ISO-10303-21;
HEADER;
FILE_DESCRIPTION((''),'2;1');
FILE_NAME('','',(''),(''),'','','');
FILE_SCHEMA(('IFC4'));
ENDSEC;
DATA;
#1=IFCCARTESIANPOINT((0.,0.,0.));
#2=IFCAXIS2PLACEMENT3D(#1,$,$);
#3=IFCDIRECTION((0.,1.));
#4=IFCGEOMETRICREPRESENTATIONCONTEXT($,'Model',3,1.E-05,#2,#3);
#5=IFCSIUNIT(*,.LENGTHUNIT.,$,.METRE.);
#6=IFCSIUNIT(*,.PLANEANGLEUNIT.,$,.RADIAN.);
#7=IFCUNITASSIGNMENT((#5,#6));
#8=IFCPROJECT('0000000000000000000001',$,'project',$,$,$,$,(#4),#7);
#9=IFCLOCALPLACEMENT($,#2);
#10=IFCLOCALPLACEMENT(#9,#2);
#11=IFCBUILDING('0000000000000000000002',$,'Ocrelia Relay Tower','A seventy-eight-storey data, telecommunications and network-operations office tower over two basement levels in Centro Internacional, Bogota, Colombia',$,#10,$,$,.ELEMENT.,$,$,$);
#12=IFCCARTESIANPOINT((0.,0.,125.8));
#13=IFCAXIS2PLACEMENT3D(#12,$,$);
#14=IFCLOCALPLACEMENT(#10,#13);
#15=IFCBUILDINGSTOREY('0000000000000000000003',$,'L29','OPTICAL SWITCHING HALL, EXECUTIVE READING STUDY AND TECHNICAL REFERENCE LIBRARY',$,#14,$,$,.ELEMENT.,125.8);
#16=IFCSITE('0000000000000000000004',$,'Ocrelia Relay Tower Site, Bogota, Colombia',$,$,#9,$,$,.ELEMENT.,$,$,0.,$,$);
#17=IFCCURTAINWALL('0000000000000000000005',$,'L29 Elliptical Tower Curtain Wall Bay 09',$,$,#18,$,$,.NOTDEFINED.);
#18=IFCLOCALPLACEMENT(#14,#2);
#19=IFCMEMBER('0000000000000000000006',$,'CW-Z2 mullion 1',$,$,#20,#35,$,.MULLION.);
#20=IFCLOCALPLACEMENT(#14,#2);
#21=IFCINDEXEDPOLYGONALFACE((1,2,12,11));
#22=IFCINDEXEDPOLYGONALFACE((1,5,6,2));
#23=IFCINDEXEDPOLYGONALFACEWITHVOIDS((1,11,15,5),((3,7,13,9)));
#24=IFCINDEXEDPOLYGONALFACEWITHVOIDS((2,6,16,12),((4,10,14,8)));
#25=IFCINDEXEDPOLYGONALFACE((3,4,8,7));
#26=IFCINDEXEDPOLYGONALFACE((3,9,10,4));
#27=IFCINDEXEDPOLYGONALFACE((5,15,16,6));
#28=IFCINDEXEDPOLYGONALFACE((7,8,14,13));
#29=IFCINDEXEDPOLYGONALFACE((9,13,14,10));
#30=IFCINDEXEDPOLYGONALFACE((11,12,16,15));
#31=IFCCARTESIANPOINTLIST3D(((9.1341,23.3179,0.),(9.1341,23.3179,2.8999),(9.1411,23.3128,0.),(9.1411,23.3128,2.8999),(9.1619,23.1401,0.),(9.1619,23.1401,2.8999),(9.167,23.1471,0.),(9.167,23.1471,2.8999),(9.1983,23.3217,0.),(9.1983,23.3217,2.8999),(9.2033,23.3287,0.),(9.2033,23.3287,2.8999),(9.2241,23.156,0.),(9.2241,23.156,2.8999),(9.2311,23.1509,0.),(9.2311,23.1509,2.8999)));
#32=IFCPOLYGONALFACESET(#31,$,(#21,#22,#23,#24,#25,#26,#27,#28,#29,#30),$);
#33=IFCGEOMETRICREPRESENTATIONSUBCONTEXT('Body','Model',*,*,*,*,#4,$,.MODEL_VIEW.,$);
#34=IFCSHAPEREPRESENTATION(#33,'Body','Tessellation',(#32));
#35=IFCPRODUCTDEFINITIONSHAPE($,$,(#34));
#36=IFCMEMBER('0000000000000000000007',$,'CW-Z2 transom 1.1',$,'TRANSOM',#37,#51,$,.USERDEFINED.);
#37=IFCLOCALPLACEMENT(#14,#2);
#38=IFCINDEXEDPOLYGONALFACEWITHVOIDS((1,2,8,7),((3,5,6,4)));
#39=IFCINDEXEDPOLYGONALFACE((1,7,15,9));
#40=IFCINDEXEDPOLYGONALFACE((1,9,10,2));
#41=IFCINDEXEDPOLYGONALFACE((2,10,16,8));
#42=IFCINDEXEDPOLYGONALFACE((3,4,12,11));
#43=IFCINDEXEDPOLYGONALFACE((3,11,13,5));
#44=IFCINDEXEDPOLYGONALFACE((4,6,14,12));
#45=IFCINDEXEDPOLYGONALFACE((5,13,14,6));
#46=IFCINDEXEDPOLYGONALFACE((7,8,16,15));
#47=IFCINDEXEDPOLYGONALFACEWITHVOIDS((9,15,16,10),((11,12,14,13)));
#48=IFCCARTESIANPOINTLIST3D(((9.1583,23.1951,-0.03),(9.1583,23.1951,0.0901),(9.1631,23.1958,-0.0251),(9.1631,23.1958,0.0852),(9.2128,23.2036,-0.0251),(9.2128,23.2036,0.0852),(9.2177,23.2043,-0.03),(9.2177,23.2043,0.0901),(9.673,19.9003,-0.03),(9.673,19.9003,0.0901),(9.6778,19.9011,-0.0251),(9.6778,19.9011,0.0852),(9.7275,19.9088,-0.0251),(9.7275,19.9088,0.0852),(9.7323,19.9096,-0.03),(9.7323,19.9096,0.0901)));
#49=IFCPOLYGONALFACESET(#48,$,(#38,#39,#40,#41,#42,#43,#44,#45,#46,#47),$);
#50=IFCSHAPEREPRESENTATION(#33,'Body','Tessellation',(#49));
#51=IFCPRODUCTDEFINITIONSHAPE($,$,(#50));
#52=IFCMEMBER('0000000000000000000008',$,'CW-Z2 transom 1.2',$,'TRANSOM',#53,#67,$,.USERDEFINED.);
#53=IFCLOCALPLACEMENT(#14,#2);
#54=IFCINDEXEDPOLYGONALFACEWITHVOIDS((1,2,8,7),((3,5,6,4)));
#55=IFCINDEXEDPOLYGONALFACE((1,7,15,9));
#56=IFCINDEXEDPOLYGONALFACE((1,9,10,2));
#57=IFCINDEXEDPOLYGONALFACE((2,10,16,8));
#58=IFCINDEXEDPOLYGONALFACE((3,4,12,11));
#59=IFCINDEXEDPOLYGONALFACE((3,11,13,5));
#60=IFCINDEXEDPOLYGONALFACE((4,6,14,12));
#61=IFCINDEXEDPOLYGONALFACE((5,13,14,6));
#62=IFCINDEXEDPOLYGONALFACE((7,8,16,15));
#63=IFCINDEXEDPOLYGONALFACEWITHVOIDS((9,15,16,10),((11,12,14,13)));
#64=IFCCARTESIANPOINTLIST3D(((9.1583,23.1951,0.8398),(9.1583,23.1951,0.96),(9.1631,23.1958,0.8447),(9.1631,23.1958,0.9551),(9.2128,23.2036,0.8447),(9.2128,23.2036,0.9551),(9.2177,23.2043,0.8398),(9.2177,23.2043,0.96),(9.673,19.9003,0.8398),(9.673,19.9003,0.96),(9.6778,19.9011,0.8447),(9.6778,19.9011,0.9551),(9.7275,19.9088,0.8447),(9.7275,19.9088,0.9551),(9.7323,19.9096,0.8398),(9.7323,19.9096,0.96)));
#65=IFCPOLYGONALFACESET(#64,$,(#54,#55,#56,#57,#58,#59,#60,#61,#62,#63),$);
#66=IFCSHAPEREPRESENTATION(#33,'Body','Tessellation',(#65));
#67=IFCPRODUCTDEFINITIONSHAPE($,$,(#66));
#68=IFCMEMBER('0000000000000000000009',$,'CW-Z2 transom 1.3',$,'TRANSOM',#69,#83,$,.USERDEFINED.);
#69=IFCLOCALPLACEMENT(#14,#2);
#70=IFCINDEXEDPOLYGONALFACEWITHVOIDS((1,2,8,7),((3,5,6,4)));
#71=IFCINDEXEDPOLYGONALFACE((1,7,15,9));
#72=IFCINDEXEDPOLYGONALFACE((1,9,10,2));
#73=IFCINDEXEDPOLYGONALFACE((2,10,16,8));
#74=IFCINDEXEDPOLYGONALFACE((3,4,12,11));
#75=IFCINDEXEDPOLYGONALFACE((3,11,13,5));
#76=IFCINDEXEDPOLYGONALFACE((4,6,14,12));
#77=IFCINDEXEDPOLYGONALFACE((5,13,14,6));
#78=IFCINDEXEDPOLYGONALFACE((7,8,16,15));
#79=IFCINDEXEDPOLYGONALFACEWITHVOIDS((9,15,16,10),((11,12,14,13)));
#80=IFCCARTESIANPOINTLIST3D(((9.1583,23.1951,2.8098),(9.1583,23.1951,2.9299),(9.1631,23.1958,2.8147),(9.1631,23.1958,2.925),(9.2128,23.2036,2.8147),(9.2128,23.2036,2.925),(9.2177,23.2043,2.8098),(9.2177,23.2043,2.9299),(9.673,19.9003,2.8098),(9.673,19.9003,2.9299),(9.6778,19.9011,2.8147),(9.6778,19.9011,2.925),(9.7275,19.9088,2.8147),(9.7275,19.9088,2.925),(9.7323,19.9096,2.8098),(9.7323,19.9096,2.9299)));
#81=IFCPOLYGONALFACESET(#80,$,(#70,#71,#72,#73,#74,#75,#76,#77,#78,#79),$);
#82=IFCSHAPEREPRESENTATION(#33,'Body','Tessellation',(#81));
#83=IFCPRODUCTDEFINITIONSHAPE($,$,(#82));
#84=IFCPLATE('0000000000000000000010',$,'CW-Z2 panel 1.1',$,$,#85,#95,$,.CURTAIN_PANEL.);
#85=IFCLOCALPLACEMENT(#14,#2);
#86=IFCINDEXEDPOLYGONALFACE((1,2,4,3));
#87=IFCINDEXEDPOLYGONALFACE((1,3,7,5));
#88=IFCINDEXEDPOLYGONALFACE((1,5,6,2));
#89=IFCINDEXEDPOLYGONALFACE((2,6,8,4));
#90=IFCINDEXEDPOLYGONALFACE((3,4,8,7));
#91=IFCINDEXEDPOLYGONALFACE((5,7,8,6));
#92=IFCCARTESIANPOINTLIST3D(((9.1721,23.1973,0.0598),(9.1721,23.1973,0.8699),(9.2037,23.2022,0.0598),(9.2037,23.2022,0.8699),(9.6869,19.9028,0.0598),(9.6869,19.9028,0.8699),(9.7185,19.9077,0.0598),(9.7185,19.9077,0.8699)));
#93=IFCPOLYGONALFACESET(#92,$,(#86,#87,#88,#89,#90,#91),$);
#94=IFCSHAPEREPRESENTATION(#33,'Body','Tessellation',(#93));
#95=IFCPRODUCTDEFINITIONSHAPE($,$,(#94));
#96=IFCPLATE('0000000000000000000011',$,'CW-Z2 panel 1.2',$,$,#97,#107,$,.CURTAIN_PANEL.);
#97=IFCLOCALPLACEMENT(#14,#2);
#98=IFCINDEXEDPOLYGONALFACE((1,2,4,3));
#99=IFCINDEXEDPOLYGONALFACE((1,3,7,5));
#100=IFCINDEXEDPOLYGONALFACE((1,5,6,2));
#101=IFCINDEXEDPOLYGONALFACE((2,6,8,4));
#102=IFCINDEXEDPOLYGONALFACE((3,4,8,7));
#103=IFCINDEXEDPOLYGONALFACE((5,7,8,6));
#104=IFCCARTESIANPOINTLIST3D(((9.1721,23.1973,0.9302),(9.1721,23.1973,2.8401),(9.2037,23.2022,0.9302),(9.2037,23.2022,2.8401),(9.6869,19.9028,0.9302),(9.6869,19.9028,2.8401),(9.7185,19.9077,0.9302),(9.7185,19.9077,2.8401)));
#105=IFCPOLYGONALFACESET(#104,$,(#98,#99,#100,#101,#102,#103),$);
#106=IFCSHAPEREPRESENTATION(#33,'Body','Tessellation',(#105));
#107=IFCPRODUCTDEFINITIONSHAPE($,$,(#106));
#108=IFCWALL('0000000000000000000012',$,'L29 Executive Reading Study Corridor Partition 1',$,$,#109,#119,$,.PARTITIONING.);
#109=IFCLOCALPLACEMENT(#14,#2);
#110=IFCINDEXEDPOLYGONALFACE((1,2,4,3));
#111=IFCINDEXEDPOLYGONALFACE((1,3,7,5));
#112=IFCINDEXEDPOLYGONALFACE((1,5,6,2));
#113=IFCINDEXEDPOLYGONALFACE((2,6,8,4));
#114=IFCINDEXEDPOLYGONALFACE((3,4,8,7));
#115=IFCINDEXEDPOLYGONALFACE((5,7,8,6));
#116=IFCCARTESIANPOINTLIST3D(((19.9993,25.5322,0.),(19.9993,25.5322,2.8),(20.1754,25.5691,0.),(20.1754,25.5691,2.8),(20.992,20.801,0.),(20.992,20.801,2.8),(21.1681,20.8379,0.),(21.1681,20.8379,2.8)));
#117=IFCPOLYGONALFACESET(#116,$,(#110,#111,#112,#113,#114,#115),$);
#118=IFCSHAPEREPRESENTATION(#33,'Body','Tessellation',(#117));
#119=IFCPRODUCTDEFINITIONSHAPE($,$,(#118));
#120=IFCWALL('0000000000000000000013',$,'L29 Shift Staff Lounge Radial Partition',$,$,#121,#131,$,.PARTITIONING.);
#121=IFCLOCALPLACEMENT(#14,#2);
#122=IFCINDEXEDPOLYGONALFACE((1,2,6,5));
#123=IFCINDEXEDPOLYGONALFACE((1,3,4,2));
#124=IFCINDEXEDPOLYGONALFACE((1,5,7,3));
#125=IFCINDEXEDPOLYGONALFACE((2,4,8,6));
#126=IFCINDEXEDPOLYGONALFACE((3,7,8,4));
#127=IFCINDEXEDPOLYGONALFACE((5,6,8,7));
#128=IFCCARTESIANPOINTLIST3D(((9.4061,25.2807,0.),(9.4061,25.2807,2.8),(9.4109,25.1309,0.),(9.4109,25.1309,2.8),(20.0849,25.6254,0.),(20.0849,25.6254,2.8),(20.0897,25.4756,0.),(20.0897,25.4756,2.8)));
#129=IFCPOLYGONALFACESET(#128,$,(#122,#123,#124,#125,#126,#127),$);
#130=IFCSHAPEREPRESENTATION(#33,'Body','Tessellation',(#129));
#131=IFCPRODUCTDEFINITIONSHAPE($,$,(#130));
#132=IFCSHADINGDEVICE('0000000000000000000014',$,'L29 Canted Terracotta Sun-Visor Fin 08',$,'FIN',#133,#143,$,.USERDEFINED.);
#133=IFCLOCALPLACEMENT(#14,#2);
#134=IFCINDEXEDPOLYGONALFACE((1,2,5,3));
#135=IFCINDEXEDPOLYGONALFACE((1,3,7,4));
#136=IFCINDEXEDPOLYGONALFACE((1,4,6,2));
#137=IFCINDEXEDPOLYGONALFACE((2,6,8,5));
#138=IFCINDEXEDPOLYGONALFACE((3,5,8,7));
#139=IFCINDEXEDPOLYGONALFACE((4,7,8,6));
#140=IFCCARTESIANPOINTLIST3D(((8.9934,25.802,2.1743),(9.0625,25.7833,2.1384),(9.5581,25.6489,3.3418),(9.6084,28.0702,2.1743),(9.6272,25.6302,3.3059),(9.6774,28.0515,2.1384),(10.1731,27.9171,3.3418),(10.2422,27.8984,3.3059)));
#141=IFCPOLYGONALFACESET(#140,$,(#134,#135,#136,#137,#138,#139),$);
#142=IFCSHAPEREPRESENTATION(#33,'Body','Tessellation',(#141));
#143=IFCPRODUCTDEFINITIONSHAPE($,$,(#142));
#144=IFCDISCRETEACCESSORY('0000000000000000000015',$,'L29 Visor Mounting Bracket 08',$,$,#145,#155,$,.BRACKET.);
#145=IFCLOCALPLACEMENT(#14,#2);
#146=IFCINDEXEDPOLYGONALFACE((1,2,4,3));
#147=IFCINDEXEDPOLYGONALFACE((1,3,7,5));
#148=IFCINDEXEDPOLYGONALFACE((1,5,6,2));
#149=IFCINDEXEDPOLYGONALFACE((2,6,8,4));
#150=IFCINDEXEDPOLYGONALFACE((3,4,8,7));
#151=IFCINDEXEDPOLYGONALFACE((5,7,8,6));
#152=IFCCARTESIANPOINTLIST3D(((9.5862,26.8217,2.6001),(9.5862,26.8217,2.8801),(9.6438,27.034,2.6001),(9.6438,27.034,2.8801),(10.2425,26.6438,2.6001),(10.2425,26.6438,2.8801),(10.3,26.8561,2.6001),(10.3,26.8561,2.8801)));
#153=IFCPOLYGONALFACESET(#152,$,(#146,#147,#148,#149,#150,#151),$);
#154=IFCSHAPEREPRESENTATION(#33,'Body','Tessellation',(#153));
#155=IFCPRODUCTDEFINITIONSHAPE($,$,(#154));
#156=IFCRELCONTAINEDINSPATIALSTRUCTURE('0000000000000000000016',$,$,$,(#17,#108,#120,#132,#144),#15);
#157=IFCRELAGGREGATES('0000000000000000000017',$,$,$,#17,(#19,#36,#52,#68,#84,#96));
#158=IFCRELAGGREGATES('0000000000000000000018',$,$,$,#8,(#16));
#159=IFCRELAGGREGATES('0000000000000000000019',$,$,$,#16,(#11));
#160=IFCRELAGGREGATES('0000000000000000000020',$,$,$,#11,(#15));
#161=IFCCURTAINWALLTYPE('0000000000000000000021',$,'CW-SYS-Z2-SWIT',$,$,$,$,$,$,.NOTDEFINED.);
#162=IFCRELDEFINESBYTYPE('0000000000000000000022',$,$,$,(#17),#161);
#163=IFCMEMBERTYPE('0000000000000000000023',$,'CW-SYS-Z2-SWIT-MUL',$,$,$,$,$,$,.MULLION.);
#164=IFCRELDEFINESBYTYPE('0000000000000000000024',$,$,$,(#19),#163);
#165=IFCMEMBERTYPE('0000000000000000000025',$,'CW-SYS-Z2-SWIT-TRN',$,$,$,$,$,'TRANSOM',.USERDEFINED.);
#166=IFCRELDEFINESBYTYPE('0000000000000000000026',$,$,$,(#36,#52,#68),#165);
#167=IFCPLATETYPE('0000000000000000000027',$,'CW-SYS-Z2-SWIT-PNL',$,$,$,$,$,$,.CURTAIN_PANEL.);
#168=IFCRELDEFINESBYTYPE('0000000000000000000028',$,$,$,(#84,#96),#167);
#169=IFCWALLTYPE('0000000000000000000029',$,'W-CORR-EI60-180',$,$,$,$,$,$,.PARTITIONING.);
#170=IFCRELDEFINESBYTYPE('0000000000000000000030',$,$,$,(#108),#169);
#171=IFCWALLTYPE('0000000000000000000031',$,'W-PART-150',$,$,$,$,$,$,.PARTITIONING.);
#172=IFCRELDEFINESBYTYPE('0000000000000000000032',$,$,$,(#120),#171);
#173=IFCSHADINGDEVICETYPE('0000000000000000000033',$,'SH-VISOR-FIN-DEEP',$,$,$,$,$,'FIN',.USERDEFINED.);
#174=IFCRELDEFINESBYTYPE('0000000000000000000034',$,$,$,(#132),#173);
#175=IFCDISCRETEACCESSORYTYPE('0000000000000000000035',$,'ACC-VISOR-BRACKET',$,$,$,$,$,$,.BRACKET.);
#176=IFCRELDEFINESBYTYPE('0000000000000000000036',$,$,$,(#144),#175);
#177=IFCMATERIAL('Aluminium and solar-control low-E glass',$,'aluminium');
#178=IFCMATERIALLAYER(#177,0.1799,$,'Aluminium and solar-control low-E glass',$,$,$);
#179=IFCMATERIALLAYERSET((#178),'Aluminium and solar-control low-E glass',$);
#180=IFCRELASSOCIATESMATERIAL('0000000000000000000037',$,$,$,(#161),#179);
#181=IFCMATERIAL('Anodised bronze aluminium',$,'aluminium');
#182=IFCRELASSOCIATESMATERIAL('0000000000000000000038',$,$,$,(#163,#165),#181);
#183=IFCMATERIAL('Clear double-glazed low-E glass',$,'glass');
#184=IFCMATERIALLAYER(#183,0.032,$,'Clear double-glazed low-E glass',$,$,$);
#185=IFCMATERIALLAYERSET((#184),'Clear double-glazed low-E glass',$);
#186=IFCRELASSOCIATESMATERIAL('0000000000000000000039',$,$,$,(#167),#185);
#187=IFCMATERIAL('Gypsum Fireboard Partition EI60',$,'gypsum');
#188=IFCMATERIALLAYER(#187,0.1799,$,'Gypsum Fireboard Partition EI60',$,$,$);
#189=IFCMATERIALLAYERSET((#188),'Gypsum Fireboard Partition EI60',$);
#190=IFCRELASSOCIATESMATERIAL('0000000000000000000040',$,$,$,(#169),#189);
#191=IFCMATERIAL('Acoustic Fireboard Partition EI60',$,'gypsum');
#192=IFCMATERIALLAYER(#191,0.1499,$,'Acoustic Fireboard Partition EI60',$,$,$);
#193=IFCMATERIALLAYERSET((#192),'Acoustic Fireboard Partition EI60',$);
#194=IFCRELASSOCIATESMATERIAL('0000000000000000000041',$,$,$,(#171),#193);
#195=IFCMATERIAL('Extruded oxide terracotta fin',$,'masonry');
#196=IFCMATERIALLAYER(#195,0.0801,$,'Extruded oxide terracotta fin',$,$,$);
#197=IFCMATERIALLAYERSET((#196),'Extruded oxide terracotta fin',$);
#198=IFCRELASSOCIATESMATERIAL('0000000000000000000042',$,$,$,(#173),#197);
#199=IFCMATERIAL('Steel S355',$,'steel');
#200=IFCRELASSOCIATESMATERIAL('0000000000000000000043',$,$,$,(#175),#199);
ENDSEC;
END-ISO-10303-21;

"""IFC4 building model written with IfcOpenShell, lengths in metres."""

from ifc_helpers import new_model, si_unit, direction, frame, frame_2d, origin, origin_2d, place, context, subcontext, project, spatial, rectangle, hollow_rectangle, extrude, material, layer, layer_set, material_profile, profile_set, type_object, element, aggregate, save


model = new_model("IFC4")

# Units and contexts
model_context = context("Model", 3, precision=1e-05, world=origin(), true_north=direction((0.0, 1.0)))
body_context = subcontext(model_context, "Body", "Model", "MODEL_VIEW")
ifc_project = project(units=[si_unit("LENGTHUNIT", "METRE"), si_unit("PLANEANGLEUNIT", "RADIAN")], contexts=[model_context])

# Site, building, storey
site_placement = place(None, origin())
site = spatial("IfcSite", under=ifc_project, at=site_placement, Name="Ocrelia Relay Tower Site, Bogota, Colombia", CompositionType="ELEMENT", RefElevation=0.0)
building_placement = place(site_placement, origin())
building = spatial("IfcBuilding", under=site, at=building_placement, Name="Ocrelia Relay Tower", Description="A seventy-eight-storey data, telecommunications and network-operations office tower over two basement levels in Centro Internacional, Bogota, Colombia", CompositionType="ELEMENT")
storey_placement = place(building_placement, frame((0.0, 0.0, 125.8)))
storey = spatial("IfcBuildingStorey", under=building, at=storey_placement, Name="L29", Description="OPTICAL SWITCHING HALL, EXECUTIVE READING STUDY AND TECHNICAL REFERENCE LIBRARY", CompositionType="ELEMENT", Elevation=125.8)

# Shared definitions
ifc_material_1 = material(Name="Steel S355", Category="steel")

# Curtain wall, members, plates
ifc_material_2 = material(Name="Aluminium and solar-control low-E glass", Category="aluminium")
ifc_layer_1 = layer(ifc_material_2, 0.1799, Name="Aluminium and solar-control low-E glass")
ifc_layer_set_1 = layer_set([ifc_layer_1], Name="Aluminium and solar-control low-E glass")
curtain_wall_type = type_object("IfcCurtainWallType", Name="CW-SYS-Z2-SWIT", PredefinedType="NOTDEFINED", material=ifc_layer_set_1)
curtain_wall_placement = place(storey_placement, origin())
curtain_wall = element("IfcCurtainWall", 1, at=curtain_wall_placement, inside=storey, type_object=curtain_wall_type, Name="L29 Elliptical Tower Curtain Wall Bay 09", PredefinedType="NOTDEFINED")
ifc_material_3 = material(Name="Anodised bronze aluminium", Category="aluminium")
ifc_material_profile_1 = material_profile(ifc_material_3, hollow_rectangle(XDim=0.0701, YDim=0.1799, WallThickness=0.0061, at=origin_2d()), Name="CW-MUL-180x70")
ifc_profile_set_1 = profile_set([ifc_material_profile_1], Name="Anodised bronze aluminium")
member_type_1 = type_object("IfcMemberType", Name="CW-SYS-Z2-SWIT-MUL", PredefinedType="MULLION", material=ifc_profile_set_1)
member_1_placement = place(storey_placement, frame((9.1826, 23.2344, 0.0), z_axis=(0.0, 0.0, 1.0), x_axis=(0.988012, 0.154379, 0.0)))
member_1 = element("IfcMember", 2, at=member_1_placement, type_object=member_type_1, Name="CW-Z2 mullion 1", PredefinedType="MULLION", context=body_context, shape_type="SweptSolid", body=[
    extrude(hollow_rectangle(XDim=0.0701, YDim=0.1799, WallThickness=0.0061, at=origin_2d()), origin(), (0.0, 0.0, 1.0), 2.8999),
])
ifc_material_profile_2 = material_profile(ifc_material_3, hollow_rectangle(XDim=0.0601, YDim=0.1201, WallThickness=0.0049, at=origin_2d()), Name="CW-TRN-120x60")
ifc_profile_set_2 = profile_set([ifc_material_profile_2], Name="Anodised bronze aluminium")
member_type_2 = type_object("IfcMemberType", Name="CW-SYS-Z2-SWIT-TRN", ElementType="TRANSOM", PredefinedType="USERDEFINED", material=ifc_profile_set_2)
member_2_placement = place(storey_placement, frame((9.188, 23.1997, 0.03), z_axis=(0.154334, -0.988019, 0.0), x_axis=(0.988019, 0.154334, 0.0)))
member_2 = element("IfcMember", 3, at=member_2_placement, type_object=member_type_2, Name="CW-Z2 transom 1.1", ObjectType="TRANSOM", PredefinedType="USERDEFINED", context=body_context, shape_type="SweptSolid", body=[
    extrude(hollow_rectangle(XDim=0.0601, YDim=0.1201, WallThickness=0.0049, at=origin_2d()), origin(), (0.0, 0.0, 1.0), 3.3347),
])
member_3_placement = place(storey_placement, frame((9.188, 23.1997, 0.8999), z_axis=(0.154334, -0.988019, 0.0), x_axis=(0.988019, 0.154334, 0.0)))
member_3 = element("IfcMember", 4, at=member_3_placement, type_object=member_type_2, Name="CW-Z2 transom 1.2", ObjectType="TRANSOM", PredefinedType="USERDEFINED", context=body_context, shape_type="SweptSolid", body=[
    extrude(hollow_rectangle(XDim=0.0601, YDim=0.1201, WallThickness=0.0049, at=origin_2d()), origin(), (0.0, 0.0, 1.0), 3.3347),
])
member_4_placement = place(storey_placement, frame((9.188, 23.1997, 2.8699), z_axis=(0.154334, -0.988019, 0.0), x_axis=(0.988019, 0.154334, 0.0)))
member_4 = element("IfcMember", 5, at=member_4_placement, type_object=member_type_2, Name="CW-Z2 transom 1.3", ObjectType="TRANSOM", PredefinedType="USERDEFINED", context=body_context, shape_type="SweptSolid", body=[
    extrude(hollow_rectangle(XDim=0.0601, YDim=0.1201, WallThickness=0.0049, at=origin_2d()), origin(), (0.0, 0.0, 1.0), 3.3347),
])
ifc_material_4 = material(Name="Clear double-glazed low-E glass", Category="glass")
ifc_layer_2 = layer(ifc_material_4, 0.032, Name="Clear double-glazed low-E glass")
ifc_layer_set_2 = layer_set([ifc_layer_2], Name="Clear double-glazed low-E glass")
plate_type = type_object("IfcPlateType", Name="CW-SYS-Z2-SWIT-PNL", PredefinedType="CURTAIN_PANEL", material=ifc_layer_set_2)
plate_1_placement = place(storey_placement, frame((9.4453, 21.5525, 0.0598), z_axis=(0.0, 0.0, 1.0), x_axis=(0.154379, -0.988012, 0.0)))
plate_1 = element("IfcPlate", 6, at=plate_1_placement, type_object=plate_type, Name="CW-Z2 panel 1.1", PredefinedType="CURTAIN_PANEL", context=body_context, shape_type="SweptSolid", body=[
    extrude(rectangle(XDim=3.3345, YDim=0.032, at=origin_2d()), origin(), (0.0, 0.0, 1.0), 0.8101),
])
plate_2_placement = place(storey_placement, frame((9.4453, 21.5525, 0.9302), z_axis=(0.0, 0.0, 1.0), x_axis=(0.154379, -0.988012, 0.0)))
plate_2 = element("IfcPlate", 7, at=plate_2_placement, type_object=plate_type, Name="CW-Z2 panel 1.2", PredefinedType="CURTAIN_PANEL", context=body_context, shape_type="SweptSolid", body=[
    extrude(rectangle(XDim=3.3345, YDim=0.032, at=origin_2d()), origin(), (0.0, 0.0, 1.0), 1.9099),
])
aggregate(curtain_wall, [member_1, member_2, member_3, member_4, plate_1, plate_2])

# Wall
ifc_material_5 = material(Name="Gypsum Fireboard Partition EI60", Category="gypsum")
ifc_layer_3 = layer(ifc_material_5, 0.1799, Name="Gypsum Fireboard Partition EI60")
ifc_layer_set_3 = layer_set([ifc_layer_3], Name="Gypsum Fireboard Partition EI60")
wall_type_1 = type_object("IfcWallType", Name="W-CORR-EI60-180", PredefinedType="PARTITIONING", material=ifc_layer_set_3)
wall_1_placement = place(storey_placement, frame((20.0874, 25.5505, 0.0), z_axis=(0.0, 0.0, 1.0), x_axis=(0.205344, -0.97869, 0.0)))
element("IfcWall", 8, at=wall_1_placement, inside=storey, type_object=wall_type_1, Name="L29 Executive Reading Study Corridor Partition 1", PredefinedType="PARTITIONING", context=body_context, shape_type="SweptSolid", body=[
    extrude(rectangle(XDim=4.8342, YDim=0.1799, at=frame_2d((2.417, 0.0))), origin(), (0.0, 0.0, 1.0), 2.8),
])

# Wall
ifc_material_6 = material(Name="Acoustic Fireboard Partition EI60", Category="gypsum")
ifc_layer_4 = layer(ifc_material_6, 0.1499, Name="Acoustic Fireboard Partition EI60")
ifc_layer_set_4 = layer_set([ifc_layer_4], Name="Acoustic Fireboard Partition EI60")
wall_type_2 = type_object("IfcWallType", Name="W-PART-150", PredefinedType="PARTITIONING", material=ifc_layer_set_4)
wall_2_placement = place(storey_placement, frame((20.0874, 25.5505, 0.0), z_axis=(0.0, 0.0, 1.0), x_axis=(-0.999479, -0.032265, 0.0)))
element("IfcWall", 9, at=wall_2_placement, inside=storey, type_object=wall_type_2, Name="L29 Shift Staff Lounge Radial Partition", PredefinedType="PARTITIONING", context=body_context, shape_type="SweptSolid", body=[
    extrude(rectangle(XDim=10.6843, YDim=0.1499, at=frame_2d((5.3423, 0.0))), origin(), (0.0, 0.0, 1.0), 2.8),
])

# Shading device
ifc_material_7 = material(Name="Extruded oxide terracotta fin", Category="masonry")
ifc_layer_5 = layer(ifc_material_7, 0.0801, Name="Extruded oxide terracotta fin")
ifc_layer_set_5 = layer_set([ifc_layer_5], Name="Extruded oxide terracotta fin")
shading_device_type = type_object("IfcShadingDeviceType", Name="SH-VISOR-FIN-DEEP", ElementType="FIN", PredefinedType="USERDEFINED", material=ifc_layer_set_5)
shading_device_placement = place(storey_placement, frame((9.6523, 26.8408, 2.7222), z_axis=(-0.862848, 0.233935, 0.448071), x_axis=(-0.261673, -0.965157, 0.0)))
element("IfcShadingDevice", 10, at=shading_device_placement, inside=storey, type_object=shading_device_type, Name="L29 Canted Terracotta Sun-Visor Fin 08", ObjectType="FIN", PredefinedType="USERDEFINED", context=body_context, shape_type="SweptSolid", body=[
    extrude(rectangle(XDim=2.3501, YDim=1.3059, at=origin_2d()), origin(), (0.0, 0.0, 1.0), 0.0801),
])

# Discrete accessory
discrete_accessory_type = type_object("IfcDiscreteAccessoryType", Name="ACC-VISOR-BRACKET", PredefinedType="BRACKET", material=ifc_material_1)
discrete_accessory_placement = place(storey_placement, frame((9.9431, 26.8389, 2.6001), z_axis=(0.0, 0.0, 1.0), x_axis=(-0.261673, -0.965157, 0.0)))
element("IfcDiscreteAccessory", 11, at=discrete_accessory_placement, inside=storey, type_object=discrete_accessory_type, Name="L29 Visor Mounting Bracket 08", PredefinedType="BRACKET", context=body_context, shape_type="SweptSolid", body=[
    extrude(rectangle(XDim=0.22, YDim=0.6799, at=origin_2d()), origin(), (0.0, 0.0, 1.0), 0.28),
])

save(model, "model.ifc")
